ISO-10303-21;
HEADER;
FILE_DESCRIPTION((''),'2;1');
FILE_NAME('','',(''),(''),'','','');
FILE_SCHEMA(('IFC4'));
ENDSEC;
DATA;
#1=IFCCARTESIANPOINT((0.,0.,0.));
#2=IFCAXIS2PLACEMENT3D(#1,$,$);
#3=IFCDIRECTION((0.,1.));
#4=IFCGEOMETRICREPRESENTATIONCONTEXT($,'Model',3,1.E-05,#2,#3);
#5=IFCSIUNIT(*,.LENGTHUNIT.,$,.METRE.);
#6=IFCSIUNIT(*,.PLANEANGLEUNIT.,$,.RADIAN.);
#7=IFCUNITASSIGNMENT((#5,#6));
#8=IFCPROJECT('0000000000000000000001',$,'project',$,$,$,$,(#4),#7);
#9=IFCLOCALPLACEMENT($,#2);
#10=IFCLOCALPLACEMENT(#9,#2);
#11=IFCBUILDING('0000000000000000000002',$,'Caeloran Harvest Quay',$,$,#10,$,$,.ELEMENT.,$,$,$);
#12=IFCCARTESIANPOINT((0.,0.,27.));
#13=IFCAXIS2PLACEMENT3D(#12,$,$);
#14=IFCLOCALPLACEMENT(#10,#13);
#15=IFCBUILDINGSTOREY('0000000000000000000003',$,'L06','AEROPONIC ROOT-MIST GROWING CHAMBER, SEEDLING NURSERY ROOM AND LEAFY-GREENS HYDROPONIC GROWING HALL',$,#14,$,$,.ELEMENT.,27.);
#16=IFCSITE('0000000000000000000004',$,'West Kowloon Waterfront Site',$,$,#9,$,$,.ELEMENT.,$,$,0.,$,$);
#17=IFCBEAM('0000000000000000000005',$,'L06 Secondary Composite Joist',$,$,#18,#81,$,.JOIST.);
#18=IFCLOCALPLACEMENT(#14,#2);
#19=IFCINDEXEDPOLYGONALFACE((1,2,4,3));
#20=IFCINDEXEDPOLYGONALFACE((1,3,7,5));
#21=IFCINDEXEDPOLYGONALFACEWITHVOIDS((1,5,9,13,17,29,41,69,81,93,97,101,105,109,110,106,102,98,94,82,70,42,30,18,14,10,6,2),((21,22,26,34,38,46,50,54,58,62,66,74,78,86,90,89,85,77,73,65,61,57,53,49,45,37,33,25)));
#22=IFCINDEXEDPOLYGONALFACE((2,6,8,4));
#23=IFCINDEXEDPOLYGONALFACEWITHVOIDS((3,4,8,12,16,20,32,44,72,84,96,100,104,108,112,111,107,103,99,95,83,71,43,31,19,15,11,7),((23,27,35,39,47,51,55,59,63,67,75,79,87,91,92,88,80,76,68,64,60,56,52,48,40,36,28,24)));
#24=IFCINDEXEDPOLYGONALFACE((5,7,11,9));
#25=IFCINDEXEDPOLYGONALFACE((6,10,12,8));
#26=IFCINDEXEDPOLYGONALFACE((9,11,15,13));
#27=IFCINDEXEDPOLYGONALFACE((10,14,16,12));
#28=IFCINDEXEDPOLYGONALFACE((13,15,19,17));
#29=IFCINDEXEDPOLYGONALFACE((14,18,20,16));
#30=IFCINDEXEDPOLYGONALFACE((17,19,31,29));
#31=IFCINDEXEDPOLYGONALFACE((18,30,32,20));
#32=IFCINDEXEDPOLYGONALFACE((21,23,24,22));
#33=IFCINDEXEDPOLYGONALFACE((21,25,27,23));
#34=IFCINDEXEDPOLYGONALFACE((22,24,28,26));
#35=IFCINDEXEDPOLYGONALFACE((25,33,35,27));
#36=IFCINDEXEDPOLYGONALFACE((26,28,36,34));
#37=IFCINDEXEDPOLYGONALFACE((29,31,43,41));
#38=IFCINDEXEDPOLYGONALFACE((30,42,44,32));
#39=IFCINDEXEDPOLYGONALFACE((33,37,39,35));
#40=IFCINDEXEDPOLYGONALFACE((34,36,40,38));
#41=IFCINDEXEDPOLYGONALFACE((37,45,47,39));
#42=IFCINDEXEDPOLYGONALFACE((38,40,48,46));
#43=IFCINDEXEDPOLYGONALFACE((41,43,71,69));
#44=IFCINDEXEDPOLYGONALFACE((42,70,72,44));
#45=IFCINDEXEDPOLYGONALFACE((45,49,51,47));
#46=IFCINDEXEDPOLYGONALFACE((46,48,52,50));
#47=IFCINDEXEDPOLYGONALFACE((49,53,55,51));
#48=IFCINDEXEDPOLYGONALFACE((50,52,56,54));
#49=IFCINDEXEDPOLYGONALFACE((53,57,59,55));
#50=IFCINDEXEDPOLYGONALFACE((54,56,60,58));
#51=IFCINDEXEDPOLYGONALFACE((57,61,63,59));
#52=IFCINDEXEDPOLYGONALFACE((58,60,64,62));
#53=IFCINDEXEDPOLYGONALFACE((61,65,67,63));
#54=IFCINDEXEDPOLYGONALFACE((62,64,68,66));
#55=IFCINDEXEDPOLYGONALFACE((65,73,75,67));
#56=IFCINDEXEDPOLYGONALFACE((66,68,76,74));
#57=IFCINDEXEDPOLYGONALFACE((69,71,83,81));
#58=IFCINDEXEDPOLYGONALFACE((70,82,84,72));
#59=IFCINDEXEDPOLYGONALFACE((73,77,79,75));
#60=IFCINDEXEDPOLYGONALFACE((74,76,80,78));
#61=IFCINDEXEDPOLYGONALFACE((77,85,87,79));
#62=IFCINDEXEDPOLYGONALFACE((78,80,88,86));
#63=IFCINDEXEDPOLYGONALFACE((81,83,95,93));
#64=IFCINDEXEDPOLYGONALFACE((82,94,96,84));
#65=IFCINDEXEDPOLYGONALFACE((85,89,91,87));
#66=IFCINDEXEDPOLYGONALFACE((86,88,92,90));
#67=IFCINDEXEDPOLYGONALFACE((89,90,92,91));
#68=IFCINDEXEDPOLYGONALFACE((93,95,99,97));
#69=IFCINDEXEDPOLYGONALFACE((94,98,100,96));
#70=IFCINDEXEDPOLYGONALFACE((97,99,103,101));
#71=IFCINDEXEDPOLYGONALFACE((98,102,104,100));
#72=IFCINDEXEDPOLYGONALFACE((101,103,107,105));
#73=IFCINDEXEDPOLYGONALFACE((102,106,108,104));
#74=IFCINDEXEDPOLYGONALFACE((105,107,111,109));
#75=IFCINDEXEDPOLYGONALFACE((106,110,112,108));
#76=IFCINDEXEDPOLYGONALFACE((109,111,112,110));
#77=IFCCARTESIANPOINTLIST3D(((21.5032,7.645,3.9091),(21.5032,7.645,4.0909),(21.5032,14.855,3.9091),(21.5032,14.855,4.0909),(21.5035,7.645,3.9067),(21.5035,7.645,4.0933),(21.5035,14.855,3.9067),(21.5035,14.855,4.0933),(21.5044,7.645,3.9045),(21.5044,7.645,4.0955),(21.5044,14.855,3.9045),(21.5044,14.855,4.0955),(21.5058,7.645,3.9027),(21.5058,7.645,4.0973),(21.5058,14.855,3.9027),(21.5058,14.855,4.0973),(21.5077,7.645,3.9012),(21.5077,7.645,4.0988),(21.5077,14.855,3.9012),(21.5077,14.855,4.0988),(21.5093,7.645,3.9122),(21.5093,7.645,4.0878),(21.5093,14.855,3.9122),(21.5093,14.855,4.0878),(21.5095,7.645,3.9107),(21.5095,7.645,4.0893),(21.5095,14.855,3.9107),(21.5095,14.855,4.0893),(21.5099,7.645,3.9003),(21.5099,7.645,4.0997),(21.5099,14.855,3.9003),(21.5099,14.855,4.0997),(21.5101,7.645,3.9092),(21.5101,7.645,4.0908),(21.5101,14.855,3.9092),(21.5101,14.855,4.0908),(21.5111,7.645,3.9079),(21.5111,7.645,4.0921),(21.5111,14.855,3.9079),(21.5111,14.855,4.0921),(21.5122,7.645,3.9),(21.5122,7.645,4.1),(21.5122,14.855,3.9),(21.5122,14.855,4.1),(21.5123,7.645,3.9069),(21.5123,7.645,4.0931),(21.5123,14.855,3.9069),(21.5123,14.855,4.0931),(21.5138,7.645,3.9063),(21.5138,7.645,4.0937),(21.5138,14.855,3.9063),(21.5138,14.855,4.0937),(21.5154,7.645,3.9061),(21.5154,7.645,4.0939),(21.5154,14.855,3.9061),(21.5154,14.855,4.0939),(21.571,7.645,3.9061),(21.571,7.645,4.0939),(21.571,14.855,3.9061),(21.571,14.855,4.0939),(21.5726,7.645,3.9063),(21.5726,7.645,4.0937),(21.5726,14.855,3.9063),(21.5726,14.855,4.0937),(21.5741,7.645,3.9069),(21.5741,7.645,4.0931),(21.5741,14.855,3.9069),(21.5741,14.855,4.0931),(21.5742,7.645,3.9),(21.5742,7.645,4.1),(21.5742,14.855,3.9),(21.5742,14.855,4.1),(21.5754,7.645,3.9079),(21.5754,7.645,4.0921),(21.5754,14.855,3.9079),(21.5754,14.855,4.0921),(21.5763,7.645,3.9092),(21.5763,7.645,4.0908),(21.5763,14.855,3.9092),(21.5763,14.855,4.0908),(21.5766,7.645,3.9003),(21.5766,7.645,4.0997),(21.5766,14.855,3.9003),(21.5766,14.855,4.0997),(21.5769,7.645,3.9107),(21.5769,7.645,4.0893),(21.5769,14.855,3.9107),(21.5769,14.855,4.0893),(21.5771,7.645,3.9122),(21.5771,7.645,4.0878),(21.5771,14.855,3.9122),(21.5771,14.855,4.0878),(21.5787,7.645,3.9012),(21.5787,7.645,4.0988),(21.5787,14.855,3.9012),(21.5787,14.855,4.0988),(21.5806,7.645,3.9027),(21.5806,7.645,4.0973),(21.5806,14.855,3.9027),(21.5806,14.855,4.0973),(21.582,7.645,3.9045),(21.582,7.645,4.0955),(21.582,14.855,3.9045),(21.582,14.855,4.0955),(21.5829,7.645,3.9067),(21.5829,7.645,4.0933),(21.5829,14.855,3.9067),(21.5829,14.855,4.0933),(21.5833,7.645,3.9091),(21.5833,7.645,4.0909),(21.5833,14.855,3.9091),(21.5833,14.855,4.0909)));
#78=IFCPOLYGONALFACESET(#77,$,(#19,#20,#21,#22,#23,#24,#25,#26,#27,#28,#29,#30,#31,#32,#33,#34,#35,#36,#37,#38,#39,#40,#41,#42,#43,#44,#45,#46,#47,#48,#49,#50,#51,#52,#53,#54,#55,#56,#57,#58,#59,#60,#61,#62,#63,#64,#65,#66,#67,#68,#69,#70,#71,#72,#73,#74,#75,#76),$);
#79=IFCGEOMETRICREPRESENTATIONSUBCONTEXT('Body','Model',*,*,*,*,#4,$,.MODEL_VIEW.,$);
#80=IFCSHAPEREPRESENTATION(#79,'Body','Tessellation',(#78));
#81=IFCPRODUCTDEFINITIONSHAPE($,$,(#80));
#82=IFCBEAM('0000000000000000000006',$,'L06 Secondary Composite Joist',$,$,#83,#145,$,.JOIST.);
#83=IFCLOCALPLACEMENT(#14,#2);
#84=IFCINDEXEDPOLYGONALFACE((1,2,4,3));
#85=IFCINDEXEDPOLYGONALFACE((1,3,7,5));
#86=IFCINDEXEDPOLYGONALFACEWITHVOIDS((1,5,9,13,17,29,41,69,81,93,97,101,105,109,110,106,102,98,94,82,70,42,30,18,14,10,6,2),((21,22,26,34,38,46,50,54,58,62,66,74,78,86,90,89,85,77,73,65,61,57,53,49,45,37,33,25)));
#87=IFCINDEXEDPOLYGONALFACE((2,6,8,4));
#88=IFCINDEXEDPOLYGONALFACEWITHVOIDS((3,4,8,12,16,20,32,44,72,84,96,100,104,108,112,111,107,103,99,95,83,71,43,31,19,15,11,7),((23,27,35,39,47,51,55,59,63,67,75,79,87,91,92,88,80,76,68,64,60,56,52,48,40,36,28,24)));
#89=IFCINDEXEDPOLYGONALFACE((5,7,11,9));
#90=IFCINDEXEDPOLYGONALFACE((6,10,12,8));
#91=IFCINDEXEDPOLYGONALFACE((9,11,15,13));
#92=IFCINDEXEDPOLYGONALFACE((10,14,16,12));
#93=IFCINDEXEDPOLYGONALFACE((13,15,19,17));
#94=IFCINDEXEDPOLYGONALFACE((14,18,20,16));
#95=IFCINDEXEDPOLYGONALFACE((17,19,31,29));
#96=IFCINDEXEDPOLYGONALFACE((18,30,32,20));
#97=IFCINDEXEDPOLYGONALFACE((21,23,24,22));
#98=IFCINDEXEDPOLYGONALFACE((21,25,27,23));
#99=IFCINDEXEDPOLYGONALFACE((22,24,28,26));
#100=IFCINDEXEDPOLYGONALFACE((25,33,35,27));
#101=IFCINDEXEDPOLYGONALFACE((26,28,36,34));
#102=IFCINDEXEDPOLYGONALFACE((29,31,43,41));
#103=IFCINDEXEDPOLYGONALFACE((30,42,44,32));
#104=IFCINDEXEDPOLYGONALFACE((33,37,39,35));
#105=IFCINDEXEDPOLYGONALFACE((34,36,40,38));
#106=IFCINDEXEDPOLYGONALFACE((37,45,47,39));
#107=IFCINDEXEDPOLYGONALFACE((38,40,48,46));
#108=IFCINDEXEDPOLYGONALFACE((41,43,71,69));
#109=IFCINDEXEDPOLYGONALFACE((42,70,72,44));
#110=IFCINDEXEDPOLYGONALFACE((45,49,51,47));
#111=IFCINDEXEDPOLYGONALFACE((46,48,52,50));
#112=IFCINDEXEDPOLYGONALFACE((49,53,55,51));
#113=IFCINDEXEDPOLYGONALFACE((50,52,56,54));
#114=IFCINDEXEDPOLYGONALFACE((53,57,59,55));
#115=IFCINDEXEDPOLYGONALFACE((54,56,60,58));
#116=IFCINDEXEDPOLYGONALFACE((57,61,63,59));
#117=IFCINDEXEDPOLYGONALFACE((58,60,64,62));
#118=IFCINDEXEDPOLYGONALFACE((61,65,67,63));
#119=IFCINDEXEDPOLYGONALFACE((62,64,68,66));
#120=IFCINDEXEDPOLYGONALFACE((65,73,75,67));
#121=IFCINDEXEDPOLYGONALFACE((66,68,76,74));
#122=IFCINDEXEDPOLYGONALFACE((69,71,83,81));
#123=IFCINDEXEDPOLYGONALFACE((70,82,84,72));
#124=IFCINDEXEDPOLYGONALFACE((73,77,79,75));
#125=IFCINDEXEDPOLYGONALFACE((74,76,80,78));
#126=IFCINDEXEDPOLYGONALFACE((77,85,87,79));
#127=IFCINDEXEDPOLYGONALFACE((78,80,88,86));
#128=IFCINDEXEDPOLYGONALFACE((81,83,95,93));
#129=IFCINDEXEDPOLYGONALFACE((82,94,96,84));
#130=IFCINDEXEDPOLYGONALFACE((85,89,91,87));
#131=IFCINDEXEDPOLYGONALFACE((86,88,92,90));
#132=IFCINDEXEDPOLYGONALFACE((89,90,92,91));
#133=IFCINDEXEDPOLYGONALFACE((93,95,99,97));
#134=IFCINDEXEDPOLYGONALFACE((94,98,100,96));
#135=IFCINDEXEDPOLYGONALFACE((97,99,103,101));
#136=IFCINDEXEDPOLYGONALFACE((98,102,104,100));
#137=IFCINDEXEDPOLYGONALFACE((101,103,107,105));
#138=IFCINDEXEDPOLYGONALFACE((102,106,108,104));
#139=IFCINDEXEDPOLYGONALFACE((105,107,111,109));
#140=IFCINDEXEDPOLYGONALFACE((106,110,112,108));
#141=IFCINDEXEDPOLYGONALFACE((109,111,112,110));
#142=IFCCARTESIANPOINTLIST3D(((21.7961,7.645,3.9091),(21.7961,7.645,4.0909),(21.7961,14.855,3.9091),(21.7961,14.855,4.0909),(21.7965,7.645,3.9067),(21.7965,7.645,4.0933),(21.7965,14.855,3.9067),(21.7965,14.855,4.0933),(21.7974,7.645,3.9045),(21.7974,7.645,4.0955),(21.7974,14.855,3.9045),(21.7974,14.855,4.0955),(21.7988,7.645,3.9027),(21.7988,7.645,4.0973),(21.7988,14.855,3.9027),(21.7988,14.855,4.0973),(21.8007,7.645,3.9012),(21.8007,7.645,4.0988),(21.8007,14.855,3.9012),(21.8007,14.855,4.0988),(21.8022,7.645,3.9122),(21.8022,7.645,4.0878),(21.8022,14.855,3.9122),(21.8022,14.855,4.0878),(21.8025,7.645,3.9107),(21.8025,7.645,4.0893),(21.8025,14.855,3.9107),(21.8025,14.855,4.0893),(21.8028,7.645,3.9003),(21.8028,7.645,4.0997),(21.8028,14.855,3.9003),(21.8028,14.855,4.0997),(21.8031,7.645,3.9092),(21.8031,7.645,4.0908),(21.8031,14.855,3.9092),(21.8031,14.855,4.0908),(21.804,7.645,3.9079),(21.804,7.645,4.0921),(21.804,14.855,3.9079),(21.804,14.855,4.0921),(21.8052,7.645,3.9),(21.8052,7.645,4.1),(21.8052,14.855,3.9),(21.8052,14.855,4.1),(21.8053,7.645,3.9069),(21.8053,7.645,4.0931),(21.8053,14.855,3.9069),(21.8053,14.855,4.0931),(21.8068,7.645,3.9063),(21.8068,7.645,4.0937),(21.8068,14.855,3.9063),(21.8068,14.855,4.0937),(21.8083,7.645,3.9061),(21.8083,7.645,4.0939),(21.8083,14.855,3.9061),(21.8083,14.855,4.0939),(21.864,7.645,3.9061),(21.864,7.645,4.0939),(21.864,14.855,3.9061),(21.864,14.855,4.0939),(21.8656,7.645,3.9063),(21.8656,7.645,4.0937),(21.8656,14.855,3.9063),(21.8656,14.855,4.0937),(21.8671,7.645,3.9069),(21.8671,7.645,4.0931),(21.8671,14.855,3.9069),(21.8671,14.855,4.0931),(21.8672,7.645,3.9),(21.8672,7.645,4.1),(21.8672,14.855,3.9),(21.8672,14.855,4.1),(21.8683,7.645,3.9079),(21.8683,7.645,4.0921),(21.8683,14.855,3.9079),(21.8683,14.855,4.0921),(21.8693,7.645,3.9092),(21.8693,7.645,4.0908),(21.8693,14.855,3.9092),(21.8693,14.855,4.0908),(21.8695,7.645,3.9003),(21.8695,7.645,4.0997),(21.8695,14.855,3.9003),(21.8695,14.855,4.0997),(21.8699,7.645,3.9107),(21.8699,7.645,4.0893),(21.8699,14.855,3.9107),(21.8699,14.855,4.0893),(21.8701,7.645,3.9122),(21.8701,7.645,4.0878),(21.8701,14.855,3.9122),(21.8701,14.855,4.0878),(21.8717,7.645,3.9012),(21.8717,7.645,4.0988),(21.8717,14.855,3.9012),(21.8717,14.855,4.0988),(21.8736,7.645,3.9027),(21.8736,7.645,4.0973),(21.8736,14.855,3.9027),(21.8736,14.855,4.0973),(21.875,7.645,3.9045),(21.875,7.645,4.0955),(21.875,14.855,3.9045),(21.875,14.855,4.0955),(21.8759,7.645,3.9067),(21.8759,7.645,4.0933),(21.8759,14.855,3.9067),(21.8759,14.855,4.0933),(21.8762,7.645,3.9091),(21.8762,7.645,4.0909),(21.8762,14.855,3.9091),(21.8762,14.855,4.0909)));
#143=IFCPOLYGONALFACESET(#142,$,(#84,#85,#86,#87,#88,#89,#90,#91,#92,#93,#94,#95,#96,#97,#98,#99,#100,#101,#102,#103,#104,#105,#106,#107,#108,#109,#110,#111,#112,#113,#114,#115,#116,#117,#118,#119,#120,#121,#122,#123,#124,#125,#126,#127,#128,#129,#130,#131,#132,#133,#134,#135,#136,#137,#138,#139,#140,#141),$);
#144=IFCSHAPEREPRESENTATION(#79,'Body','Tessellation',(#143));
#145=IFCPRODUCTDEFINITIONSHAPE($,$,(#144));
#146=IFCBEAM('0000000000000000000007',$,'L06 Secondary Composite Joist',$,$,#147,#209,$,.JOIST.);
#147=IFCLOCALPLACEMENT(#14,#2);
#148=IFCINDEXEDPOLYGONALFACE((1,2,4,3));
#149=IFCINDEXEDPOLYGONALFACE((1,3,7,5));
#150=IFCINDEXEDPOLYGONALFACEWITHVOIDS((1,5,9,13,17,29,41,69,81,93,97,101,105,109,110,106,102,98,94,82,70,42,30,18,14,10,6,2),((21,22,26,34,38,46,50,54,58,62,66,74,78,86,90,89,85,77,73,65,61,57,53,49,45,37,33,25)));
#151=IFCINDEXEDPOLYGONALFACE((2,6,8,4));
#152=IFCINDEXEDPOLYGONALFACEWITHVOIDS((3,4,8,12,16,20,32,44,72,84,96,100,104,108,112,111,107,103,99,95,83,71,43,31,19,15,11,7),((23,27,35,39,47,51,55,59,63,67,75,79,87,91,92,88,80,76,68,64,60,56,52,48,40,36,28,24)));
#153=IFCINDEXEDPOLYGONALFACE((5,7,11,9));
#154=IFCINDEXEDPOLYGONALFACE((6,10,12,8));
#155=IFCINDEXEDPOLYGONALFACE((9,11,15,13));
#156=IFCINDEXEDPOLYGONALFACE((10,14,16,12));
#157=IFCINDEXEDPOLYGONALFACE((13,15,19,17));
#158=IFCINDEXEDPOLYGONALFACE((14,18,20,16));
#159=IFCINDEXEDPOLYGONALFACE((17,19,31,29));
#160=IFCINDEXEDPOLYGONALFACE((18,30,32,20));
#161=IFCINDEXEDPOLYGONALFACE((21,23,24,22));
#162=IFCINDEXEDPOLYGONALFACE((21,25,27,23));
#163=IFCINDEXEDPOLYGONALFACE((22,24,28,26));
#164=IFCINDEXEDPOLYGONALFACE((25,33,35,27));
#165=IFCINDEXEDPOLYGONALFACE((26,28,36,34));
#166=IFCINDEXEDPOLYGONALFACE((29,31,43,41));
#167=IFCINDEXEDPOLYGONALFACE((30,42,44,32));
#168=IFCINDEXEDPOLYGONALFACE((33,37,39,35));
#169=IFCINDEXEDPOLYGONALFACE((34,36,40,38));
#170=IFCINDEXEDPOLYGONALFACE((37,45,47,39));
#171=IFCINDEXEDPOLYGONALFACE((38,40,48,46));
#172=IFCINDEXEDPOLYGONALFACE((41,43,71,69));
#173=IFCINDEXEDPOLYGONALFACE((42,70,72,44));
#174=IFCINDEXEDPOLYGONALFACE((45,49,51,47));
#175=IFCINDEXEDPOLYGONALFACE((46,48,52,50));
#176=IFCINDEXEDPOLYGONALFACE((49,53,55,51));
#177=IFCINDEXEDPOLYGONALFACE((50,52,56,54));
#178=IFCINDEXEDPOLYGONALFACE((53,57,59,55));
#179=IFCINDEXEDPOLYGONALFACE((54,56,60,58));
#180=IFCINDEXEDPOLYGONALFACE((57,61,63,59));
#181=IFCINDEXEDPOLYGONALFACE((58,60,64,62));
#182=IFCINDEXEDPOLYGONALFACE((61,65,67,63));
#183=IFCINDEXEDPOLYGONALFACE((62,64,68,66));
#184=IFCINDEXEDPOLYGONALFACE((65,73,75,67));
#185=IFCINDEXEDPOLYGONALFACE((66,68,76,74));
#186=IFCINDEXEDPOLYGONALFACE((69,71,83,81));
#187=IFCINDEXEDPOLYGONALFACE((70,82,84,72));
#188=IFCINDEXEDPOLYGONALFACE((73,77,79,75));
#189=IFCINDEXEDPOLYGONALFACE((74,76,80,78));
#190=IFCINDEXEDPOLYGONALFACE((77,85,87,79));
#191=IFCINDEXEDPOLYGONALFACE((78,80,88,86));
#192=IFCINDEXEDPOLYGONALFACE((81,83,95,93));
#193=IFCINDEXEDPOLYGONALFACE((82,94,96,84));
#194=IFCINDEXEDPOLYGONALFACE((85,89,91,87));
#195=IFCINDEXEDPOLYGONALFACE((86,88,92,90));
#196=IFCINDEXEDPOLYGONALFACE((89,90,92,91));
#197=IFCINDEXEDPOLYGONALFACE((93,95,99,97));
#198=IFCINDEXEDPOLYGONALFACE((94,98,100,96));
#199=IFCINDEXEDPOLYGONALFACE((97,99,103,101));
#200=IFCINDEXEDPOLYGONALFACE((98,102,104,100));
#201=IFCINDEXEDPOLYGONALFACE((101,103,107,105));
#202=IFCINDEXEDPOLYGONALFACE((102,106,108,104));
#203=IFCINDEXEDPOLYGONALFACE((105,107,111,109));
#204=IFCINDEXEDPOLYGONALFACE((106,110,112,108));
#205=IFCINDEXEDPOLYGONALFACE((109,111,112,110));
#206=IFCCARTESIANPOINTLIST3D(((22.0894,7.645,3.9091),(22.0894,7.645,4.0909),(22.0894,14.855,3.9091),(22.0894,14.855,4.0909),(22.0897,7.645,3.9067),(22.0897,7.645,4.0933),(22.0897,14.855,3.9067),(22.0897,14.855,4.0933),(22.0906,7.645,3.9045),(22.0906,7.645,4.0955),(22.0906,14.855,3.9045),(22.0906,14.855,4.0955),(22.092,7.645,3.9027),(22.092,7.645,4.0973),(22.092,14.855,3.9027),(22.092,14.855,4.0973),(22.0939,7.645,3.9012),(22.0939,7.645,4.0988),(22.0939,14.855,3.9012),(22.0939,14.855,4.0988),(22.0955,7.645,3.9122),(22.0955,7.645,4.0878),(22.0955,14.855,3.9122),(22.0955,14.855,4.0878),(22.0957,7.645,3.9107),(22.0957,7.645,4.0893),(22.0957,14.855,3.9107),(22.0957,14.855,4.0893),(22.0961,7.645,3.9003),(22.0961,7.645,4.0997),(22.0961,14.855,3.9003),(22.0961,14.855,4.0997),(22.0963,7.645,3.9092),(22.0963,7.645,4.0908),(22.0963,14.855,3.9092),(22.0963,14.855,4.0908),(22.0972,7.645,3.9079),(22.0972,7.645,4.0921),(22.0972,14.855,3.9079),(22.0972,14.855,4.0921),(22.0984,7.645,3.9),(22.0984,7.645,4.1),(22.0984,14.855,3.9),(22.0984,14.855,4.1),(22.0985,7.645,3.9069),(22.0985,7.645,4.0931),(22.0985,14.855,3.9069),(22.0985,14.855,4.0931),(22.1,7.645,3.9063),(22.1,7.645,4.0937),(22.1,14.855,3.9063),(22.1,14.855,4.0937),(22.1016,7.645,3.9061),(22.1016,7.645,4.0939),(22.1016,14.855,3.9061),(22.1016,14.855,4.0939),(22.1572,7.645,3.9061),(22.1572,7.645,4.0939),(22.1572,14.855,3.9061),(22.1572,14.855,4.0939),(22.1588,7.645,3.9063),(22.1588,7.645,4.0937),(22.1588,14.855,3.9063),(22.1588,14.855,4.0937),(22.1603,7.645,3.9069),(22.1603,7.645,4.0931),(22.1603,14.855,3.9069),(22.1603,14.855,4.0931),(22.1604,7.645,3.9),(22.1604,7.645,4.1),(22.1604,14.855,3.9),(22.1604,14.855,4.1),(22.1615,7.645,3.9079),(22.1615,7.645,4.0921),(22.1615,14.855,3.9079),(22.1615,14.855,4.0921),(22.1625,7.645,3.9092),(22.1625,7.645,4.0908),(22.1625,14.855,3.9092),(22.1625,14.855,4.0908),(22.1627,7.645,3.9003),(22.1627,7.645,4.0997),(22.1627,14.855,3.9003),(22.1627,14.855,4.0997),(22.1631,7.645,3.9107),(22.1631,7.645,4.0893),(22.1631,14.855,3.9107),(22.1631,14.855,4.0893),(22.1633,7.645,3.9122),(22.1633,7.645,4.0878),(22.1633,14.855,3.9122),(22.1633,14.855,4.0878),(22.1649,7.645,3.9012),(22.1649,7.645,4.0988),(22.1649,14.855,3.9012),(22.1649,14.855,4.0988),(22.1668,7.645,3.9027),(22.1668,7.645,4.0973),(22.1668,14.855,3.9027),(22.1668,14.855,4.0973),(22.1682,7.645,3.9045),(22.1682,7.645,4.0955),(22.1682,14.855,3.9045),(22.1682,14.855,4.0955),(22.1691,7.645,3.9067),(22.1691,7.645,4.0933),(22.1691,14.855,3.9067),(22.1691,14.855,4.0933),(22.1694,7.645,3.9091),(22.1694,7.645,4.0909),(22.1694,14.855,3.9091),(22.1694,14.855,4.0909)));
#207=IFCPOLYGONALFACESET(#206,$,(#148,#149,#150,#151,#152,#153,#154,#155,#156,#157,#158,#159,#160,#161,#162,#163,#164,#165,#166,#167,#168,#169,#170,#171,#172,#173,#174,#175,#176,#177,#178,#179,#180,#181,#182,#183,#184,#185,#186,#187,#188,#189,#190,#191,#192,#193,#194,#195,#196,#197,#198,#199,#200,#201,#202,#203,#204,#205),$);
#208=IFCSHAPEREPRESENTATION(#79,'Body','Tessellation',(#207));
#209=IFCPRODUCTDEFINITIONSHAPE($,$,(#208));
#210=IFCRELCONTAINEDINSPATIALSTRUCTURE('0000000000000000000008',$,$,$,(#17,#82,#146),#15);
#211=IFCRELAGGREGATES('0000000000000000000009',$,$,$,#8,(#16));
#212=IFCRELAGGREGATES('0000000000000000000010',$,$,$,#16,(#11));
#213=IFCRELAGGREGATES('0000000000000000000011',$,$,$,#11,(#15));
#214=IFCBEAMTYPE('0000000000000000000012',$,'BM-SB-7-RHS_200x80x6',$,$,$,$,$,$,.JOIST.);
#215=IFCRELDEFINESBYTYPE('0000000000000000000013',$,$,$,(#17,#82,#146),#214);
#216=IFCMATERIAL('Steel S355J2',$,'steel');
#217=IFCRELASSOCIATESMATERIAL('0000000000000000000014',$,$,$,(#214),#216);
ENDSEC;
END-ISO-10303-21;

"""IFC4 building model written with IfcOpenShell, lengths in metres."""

from ifc_helpers import new_model, si_unit, direction, frame, origin, origin_2d, place, context, subcontext, project, spatial, hollow_rectangle, extrude, material, material_profile, profile_set, type_object, element, save


model = new_model("IFC4")

# Units and contexts
model_context = context("Model", 3, precision=1e-05, world=origin(), true_north=direction((0.0, 1.0)))
body_context = subcontext(model_context, "Body", "Model", "MODEL_VIEW")
ifc_project = project(units=[si_unit("LENGTHUNIT", "METRE"), si_unit("PLANEANGLEUNIT", "RADIAN")], contexts=[model_context])

# Site, building, storey
site_placement = place(None, origin())
site = spatial("IfcSite", under=ifc_project, at=site_placement, Name="West Kowloon Waterfront Site", CompositionType="ELEMENT", RefElevation=0.0)
building_placement = place(site_placement, origin())
building = spatial("IfcBuilding", under=site, at=building_placement, Name="Caeloran Harvest Quay", CompositionType="ELEMENT")
storey_placement = place(building_placement, frame((0.0, 0.0, 27.0)))
storey = spatial("IfcBuildingStorey", under=building, at=storey_placement, Name="L06", Description="AEROPONIC ROOT-MIST GROWING CHAMBER, SEEDLING NURSERY ROOM AND LEAFY-GREENS HYDROPONIC GROWING HALL", CompositionType="ELEMENT", Elevation=27.0)

# Beams
ifc_material_1 = material(Name="Steel S355J2", Category="steel")
ifc_material_profile_1 = material_profile(ifc_material_1, hollow_rectangle(XDim=0.0801, YDim=0.2, WallThickness=0.0061, InnerFilletRadius=0.0061, OuterFilletRadius=0.009, at=origin_2d()), Name="RHS 200x80x6")
ifc_profile_set_1 = profile_set([ifc_material_profile_1], Name="Steel S355J2")
beam_type_1 = type_object("IfcBeamType", Name="BM-SB-7-RHS_200x80x6", PredefinedType="JOIST", material=ifc_profile_set_1)
for number, where, z_axis, x_axis, name in (
    (1, (21.5432, 7.645, 4.0), (0.0, 1.0, 0.0), (-1.0, 0.0, 0.0), "L06 Secondary Composite Joist"),
    (2, (21.8362, 7.645, 4.0), (0.0, 1.0, 0.0), (-1.0, 0.0, 0.0), "L06 Secondary Composite Joist"),
    (3, (22.1294, 7.645, 4.0), (0.0, 1.0, 0.0), (-1.0, 0.0, 0.0), "L06 Secondary Composite Joist"),
):
    element("IfcBeam", number, at=place(storey_placement, frame(where, z_axis=z_axis, x_axis=x_axis)), inside=storey, type_object=beam_type_1, Name=name, PredefinedType="JOIST", context=body_context, shape_type="SweptSolid", body=[
        extrude(hollow_rectangle(XDim=0.0801, YDim=0.2, WallThickness=0.0061, InnerFilletRadius=0.0061, OuterFilletRadius=0.009, at=origin_2d()), origin(), (0.0, 0.0, 1.0), 7.21),
    ])

save(model, "model.ifc")
